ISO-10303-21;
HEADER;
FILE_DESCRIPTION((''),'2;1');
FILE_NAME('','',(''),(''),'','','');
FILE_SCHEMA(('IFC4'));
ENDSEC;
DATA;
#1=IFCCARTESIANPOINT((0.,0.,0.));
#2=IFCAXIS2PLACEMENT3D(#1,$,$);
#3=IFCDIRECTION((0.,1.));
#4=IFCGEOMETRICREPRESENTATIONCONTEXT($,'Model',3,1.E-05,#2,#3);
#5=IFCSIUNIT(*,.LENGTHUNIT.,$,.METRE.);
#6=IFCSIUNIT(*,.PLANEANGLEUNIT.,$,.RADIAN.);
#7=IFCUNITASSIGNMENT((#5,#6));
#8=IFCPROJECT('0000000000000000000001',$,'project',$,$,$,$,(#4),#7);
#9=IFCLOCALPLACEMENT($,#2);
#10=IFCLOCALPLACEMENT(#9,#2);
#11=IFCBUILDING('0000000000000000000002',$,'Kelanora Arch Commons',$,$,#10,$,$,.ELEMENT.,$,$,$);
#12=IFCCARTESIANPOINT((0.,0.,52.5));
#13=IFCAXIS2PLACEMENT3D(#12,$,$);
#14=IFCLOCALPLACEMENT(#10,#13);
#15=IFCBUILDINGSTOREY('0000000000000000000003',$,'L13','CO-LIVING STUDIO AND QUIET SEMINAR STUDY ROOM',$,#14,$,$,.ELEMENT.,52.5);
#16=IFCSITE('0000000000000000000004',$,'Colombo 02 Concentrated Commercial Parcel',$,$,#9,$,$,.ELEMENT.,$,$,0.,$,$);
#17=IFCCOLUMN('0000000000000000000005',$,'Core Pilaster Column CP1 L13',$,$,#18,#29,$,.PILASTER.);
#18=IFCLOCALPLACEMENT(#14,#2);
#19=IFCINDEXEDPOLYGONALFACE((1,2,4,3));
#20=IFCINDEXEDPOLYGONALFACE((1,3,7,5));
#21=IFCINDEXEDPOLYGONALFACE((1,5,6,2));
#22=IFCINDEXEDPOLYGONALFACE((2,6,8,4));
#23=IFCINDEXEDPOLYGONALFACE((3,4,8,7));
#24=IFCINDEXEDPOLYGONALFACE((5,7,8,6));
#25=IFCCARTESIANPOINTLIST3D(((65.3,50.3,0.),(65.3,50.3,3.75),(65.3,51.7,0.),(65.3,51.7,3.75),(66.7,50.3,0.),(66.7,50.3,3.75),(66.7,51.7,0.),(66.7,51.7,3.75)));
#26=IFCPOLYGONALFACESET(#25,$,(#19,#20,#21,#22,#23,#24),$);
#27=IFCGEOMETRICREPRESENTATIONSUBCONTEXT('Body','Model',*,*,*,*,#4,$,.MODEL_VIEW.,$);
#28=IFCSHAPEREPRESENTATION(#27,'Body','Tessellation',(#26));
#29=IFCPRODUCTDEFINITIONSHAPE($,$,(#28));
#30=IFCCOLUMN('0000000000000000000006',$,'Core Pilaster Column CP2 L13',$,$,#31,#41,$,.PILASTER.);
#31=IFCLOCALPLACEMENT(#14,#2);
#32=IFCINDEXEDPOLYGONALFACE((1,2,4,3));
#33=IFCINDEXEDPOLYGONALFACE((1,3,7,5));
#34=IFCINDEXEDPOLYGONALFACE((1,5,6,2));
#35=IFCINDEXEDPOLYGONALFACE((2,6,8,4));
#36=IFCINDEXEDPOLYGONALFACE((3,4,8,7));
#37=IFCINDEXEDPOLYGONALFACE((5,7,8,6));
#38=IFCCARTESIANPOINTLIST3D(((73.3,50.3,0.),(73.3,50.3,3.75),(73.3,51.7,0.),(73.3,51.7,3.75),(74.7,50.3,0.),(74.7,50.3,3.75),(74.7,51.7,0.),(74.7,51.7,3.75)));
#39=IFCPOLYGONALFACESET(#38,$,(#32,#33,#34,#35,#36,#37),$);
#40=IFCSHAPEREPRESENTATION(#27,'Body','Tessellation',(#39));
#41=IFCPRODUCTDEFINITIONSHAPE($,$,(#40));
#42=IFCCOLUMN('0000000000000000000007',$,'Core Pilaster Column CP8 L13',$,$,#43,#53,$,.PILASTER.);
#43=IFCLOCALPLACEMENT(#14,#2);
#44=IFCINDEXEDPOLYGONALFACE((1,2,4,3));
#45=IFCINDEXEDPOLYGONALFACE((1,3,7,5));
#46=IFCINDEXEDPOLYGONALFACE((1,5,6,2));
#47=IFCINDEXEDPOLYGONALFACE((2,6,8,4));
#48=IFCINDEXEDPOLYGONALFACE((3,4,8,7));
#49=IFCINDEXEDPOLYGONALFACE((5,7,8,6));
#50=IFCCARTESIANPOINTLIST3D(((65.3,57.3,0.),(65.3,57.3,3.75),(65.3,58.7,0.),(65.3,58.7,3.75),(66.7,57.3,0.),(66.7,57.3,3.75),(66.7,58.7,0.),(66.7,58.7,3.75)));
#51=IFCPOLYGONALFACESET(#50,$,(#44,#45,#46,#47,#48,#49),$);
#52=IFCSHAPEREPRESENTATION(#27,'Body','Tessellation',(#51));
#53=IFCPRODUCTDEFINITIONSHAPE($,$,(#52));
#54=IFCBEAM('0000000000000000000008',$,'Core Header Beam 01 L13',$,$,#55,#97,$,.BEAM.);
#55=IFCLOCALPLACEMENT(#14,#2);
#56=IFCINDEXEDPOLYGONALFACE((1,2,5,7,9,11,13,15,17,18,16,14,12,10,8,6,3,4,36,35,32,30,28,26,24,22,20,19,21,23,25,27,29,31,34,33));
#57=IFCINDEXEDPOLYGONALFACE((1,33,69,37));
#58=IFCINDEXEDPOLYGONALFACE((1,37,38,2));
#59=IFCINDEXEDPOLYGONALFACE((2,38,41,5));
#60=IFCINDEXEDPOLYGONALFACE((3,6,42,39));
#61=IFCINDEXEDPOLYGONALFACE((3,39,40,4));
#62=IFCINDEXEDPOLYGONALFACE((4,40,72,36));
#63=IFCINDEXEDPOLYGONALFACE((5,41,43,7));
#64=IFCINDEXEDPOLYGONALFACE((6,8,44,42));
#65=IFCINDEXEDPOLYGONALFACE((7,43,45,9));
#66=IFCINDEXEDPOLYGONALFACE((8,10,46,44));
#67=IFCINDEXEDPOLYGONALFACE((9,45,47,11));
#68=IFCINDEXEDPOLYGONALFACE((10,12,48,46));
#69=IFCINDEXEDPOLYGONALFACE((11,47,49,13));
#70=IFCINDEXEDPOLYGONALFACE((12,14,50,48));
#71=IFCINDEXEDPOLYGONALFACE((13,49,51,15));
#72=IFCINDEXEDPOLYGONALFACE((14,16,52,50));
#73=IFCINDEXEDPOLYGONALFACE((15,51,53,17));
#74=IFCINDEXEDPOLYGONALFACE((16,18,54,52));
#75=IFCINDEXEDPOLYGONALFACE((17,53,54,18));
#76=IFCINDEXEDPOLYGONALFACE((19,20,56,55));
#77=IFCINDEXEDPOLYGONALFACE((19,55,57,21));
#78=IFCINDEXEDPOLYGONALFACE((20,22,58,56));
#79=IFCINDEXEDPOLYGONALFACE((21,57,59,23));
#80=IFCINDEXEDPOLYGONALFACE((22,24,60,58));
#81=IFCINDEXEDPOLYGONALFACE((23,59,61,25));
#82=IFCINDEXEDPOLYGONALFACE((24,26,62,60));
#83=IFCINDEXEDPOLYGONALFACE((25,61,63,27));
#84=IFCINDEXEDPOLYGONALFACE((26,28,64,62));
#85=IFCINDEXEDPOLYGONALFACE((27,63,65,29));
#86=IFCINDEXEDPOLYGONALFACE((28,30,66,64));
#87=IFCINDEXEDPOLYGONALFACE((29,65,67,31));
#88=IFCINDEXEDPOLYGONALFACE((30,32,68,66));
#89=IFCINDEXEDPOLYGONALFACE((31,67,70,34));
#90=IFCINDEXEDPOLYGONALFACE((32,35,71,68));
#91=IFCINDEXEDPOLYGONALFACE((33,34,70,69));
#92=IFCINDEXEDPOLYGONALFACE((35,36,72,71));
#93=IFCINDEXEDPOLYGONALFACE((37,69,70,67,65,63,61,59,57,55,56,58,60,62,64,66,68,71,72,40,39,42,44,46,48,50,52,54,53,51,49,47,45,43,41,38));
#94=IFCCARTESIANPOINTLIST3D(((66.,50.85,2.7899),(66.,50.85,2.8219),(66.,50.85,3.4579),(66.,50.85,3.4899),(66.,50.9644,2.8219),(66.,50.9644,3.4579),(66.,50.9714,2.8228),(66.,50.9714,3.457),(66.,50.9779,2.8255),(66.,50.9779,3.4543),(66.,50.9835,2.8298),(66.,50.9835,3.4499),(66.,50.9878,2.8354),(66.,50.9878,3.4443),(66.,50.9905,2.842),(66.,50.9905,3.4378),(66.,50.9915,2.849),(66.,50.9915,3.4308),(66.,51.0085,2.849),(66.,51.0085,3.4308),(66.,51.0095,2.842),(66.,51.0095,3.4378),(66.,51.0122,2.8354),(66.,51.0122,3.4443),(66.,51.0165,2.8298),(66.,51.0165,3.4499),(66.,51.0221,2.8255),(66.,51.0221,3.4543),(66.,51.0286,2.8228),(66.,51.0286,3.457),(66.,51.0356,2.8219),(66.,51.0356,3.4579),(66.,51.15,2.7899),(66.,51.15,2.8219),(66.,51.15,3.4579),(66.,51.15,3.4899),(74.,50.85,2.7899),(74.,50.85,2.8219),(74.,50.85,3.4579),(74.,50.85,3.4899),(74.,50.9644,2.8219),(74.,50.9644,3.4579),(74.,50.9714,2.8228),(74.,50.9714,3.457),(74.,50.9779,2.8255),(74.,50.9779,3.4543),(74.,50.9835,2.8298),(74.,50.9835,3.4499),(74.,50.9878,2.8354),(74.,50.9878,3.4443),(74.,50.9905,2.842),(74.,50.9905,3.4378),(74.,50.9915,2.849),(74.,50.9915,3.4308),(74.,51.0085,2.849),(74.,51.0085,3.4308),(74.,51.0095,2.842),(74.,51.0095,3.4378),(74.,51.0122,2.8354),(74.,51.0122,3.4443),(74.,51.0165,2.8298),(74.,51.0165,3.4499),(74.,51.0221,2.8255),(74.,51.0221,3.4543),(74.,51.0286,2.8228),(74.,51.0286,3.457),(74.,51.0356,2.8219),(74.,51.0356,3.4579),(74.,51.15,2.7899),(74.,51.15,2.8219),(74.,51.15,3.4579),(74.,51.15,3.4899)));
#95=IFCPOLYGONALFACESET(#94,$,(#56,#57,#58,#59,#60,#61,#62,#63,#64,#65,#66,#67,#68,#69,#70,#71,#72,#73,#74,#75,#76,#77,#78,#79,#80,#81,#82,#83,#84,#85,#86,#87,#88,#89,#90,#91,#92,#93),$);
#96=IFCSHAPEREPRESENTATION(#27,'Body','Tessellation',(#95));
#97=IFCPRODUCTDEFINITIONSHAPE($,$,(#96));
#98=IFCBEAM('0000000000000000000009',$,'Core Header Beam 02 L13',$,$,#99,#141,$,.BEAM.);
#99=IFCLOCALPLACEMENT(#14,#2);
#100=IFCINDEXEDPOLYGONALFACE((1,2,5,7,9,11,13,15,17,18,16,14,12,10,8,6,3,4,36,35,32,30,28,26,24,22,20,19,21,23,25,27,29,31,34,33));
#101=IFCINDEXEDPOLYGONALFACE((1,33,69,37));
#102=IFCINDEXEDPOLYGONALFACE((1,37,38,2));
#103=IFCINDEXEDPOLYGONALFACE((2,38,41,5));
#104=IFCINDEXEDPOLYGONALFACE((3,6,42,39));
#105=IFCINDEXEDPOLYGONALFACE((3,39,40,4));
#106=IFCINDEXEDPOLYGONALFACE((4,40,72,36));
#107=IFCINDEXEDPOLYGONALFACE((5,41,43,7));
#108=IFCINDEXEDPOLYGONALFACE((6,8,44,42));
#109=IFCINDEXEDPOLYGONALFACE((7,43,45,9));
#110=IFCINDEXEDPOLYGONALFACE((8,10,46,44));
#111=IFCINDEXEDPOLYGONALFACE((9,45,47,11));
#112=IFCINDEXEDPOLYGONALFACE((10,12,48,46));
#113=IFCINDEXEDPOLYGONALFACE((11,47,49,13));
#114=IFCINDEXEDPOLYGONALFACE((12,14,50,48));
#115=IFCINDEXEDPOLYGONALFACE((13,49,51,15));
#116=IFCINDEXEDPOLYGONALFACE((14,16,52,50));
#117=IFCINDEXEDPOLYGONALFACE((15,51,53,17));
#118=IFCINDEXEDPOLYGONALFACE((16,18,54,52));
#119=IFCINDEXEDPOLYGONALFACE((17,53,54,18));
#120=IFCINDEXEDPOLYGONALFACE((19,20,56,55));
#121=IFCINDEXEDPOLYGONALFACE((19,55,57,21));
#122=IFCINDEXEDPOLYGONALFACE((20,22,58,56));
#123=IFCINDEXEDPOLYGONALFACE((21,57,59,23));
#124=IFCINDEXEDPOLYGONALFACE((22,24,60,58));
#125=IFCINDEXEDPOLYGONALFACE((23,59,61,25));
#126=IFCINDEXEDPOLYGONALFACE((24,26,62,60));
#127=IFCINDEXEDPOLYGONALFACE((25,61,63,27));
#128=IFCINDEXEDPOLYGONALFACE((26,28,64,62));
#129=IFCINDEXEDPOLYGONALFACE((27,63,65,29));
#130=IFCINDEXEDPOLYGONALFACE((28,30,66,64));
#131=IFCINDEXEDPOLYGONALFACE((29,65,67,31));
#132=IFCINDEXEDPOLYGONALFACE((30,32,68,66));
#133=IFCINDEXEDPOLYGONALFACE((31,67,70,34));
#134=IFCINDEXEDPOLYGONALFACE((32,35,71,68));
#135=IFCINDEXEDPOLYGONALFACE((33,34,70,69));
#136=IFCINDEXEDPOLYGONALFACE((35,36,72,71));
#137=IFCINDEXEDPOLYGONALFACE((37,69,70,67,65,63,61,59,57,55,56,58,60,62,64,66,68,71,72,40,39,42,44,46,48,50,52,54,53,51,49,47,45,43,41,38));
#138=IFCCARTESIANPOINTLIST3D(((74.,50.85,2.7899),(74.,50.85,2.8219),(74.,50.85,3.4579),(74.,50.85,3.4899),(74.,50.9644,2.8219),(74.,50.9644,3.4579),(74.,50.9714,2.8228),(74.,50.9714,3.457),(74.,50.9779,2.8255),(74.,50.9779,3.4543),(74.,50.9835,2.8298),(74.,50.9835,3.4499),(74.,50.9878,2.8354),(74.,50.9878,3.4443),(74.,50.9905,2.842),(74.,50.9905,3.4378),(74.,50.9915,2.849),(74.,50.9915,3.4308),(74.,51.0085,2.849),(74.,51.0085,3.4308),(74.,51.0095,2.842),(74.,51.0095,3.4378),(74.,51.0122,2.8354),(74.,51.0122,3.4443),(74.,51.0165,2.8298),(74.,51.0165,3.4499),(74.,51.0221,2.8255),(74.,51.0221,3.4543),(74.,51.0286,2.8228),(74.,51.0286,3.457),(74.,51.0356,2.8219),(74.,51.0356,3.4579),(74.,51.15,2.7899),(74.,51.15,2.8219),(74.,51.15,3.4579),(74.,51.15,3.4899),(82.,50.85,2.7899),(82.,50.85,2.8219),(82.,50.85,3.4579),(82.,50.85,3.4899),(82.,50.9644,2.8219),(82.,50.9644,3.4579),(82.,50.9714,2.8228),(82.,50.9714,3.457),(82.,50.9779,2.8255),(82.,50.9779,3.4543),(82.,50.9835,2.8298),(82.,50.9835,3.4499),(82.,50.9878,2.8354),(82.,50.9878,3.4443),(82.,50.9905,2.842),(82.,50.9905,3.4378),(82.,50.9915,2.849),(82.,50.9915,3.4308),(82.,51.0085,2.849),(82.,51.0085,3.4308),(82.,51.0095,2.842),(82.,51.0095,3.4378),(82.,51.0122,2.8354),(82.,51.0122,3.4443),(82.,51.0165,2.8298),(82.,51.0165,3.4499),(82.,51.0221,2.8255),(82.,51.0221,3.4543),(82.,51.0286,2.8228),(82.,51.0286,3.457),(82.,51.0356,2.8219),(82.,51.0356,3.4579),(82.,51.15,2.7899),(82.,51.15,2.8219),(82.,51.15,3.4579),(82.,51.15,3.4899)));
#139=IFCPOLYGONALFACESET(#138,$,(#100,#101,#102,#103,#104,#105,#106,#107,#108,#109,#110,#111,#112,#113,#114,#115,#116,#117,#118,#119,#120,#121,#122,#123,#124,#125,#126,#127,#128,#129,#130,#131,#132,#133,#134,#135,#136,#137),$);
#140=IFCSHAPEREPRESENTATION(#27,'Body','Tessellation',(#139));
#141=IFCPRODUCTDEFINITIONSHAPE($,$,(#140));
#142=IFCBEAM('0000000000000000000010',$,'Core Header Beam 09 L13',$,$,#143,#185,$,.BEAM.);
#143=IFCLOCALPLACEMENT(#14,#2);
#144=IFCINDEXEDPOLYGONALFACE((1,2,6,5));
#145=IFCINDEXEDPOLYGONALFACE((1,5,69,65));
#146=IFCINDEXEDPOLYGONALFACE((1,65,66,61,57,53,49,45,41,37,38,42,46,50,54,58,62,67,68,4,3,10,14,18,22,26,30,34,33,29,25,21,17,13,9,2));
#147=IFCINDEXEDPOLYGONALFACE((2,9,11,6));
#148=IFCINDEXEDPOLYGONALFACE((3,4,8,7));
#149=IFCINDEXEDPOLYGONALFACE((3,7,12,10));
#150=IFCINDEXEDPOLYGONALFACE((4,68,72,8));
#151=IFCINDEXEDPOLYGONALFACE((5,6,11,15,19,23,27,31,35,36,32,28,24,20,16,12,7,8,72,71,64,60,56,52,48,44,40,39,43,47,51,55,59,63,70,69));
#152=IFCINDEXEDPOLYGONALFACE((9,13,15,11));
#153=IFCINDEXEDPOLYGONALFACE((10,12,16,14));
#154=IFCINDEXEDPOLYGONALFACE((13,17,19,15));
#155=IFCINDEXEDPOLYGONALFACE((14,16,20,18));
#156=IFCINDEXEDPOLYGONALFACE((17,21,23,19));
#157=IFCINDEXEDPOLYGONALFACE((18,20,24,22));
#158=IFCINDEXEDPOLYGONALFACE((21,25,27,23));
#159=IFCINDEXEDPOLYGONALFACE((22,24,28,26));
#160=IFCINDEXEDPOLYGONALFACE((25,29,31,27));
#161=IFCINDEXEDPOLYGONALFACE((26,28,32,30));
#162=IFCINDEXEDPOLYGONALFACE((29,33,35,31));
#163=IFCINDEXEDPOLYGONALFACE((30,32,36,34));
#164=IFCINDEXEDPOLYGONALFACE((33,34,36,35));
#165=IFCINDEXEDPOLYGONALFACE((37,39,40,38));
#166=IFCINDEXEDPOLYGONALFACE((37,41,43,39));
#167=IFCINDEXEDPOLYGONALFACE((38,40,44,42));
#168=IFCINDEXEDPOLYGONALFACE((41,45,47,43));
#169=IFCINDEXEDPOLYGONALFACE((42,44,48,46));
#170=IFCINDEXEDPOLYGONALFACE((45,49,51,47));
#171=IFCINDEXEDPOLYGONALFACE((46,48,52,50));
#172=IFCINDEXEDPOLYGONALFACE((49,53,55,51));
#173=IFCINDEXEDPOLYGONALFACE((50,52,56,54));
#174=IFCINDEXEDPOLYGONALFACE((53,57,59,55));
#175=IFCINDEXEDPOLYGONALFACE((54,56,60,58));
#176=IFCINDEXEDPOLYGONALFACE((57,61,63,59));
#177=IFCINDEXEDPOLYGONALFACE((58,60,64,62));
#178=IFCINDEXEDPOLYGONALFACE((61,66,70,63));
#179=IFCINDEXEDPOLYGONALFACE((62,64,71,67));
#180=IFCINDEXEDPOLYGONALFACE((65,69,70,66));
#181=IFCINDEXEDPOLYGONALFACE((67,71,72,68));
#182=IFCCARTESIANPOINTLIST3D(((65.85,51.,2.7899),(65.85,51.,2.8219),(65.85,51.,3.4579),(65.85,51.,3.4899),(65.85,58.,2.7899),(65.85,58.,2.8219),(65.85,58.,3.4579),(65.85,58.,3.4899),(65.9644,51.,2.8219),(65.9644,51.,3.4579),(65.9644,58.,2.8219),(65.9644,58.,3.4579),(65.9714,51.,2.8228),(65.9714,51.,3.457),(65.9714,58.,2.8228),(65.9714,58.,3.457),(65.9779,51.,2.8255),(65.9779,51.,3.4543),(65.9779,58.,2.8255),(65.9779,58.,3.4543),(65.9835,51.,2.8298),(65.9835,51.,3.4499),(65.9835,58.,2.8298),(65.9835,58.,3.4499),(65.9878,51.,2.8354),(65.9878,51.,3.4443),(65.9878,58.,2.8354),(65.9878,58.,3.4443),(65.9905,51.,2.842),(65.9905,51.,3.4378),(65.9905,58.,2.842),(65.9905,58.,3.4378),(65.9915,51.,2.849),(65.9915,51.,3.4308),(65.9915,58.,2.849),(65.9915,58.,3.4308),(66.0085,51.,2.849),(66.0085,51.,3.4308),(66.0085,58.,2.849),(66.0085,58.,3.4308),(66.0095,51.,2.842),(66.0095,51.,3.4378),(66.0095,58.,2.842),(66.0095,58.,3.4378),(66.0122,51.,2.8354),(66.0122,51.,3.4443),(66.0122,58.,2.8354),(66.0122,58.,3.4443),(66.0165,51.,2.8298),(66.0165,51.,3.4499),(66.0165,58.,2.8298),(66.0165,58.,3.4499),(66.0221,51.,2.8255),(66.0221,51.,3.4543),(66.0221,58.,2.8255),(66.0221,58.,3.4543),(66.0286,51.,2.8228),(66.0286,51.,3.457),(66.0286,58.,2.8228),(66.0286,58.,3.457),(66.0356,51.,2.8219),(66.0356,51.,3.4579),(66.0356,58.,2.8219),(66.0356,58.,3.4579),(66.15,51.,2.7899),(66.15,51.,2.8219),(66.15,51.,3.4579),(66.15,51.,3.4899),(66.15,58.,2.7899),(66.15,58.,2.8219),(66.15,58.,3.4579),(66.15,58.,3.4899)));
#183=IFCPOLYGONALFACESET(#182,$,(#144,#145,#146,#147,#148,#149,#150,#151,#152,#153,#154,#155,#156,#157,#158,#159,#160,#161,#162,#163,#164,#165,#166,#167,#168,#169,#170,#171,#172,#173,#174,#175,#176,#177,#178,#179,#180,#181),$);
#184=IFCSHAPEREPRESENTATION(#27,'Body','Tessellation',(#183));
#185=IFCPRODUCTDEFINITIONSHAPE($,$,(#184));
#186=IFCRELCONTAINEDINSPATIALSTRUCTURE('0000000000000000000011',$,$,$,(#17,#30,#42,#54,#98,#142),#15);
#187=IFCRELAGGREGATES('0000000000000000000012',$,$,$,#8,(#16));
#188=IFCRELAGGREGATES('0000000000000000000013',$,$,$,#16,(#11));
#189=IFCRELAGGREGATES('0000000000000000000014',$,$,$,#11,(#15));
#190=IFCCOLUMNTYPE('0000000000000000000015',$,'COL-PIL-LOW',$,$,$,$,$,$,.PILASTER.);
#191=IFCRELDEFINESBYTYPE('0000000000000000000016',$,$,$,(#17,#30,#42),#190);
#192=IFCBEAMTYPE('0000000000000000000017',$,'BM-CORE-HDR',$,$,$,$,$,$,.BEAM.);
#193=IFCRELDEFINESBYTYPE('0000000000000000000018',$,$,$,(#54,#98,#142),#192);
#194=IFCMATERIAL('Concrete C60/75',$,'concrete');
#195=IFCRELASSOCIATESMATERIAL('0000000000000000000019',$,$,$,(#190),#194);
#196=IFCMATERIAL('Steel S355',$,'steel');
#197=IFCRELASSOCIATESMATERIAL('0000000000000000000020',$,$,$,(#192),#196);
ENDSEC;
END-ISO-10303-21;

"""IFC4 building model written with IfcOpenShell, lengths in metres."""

from ifc_helpers import new_model, si_unit, direction, frame, origin, origin_2d, place, context, subcontext, project, spatial, rectangle, i_section, extrude, material, material_profile, profile_set, type_object, element, save


model = new_model("IFC4")

# Units and contexts
model_context = context("Model", 3, precision=1e-05, world=origin(), true_north=direction((0.0, 1.0)))
body_context = subcontext(model_context, "Body", "Model", "MODEL_VIEW")
ifc_project = project(units=[si_unit("LENGTHUNIT", "METRE"), si_unit("PLANEANGLEUNIT", "RADIAN")], contexts=[model_context])

# Site, building, storey
site_placement = place(None, origin())
site = spatial("IfcSite", under=ifc_project, at=site_placement, Name="Colombo 02 Concentrated Commercial Parcel", CompositionType="ELEMENT", RefElevation=0.0)
building_placement = place(site_placement, origin())
building = spatial("IfcBuilding", under=site, at=building_placement, Name="Kelanora Arch Commons", CompositionType="ELEMENT")
storey_placement = place(building_placement, frame((0.0, 0.0, 52.5)))
storey = spatial("IfcBuildingStorey", under=building, at=storey_placement, Name="L13", Description="CO-LIVING STUDIO AND QUIET SEMINAR STUDY ROOM", CompositionType="ELEMENT", Elevation=52.5)

# Columns
ifc_material_1 = material(Name="Concrete C60/75", Category="concrete")
ifc_material_profile_1 = material_profile(ifc_material_1, rectangle(XDim=1.3999, YDim=1.3999, at=origin_2d()), Name="RC1400x1400")
ifc_profile_set_1 = profile_set([ifc_material_profile_1], Name="Concrete C60/75")
column_type = type_object("IfcColumnType", Name="COL-PIL-LOW", PredefinedType="PILASTER", material=ifc_profile_set_1)
for number, where, z_axis, x_axis, name in (
    (1, (66.0, 51.0, 0.0), (0.0, 0.0, 1.0), (1.0, 0.0, 0.0), "Core Pilaster Column CP1 L13"),
    (2, (74.0, 51.0, 0.0), (0.0, 0.0, 1.0), (1.0, 0.0, 0.0), "Core Pilaster Column CP2 L13"),
    (3, (66.0, 58.0, 0.0), (0.0, 0.0, 1.0), (1.0, 0.0, 0.0), "Core Pilaster Column CP8 L13"),
):
    element("IfcColumn", number, at=place(storey_placement, frame(where, z_axis=z_axis, x_axis=x_axis)), inside=storey, type_object=column_type, Name=name, PredefinedType="PILASTER", context=body_context, shape_type="SweptSolid", body=[
        extrude(rectangle(XDim=1.3999, YDim=1.3999, at=origin_2d()), origin(), (0.0, 0.0, 1.0), 3.75),
    ])

# Beams
ifc_material_2 = material(Name="Steel S355", Category="steel")
ifc_material_profile_2 = material_profile(ifc_material_2, i_section(OverallWidth=0.3, OverallDepth=0.7, WebThickness=0.0171, FlangeThickness=0.032, FilletRadius=0.0271, at=origin_2d()), Name="HEB700")
ifc_profile_set_2 = profile_set([ifc_material_profile_2], Name="Steel S355")
beam_type_1 = type_object("IfcBeamType", Name="BM-CORE-HDR", PredefinedType="BEAM", material=ifc_profile_set_2)
for number, where, z_axis, x_axis, name in (
    (4, (66.0, 51.0, 3.1399), (1.0, 0.0, 0.0), (0.0, 1.0, 0.0), "Core Header Beam 01 L13"),
    (5, (74.0, 51.0, 3.1399), (1.0, 0.0, 0.0), (0.0, 1.0, 0.0), "Core Header Beam 02 L13"),
):
    element("IfcBeam", number, at=place(storey_placement, frame(where, z_axis=z_axis, x_axis=x_axis)), inside=storey, type_object=beam_type_1, Name=name, PredefinedType="BEAM", context=body_context, shape_type="SweptSolid", body=[
        extrude(i_section(OverallWidth=0.3, OverallDepth=0.7, WebThickness=0.0171, FlangeThickness=0.032, FilletRadius=0.0271, at=origin_2d()), origin(), (0.0, 0.0, 1.0), 8.0),
    ])
beam_1_placement = place(storey_placement, frame((66.0, 58.0, 3.1399), z_axis=(0.0, -1.0, 0.0), x_axis=(1.0, 0.0, 0.0)))
element("IfcBeam", 6, at=beam_1_placement, inside=storey, type_object=beam_type_1, Name="Core Header Beam 09 L13", PredefinedType="BEAM", context=body_context, shape_type="SweptSolid", body=[
    extrude(i_section(OverallWidth=0.3, OverallDepth=0.7, WebThickness=0.0171, FlangeThickness=0.032, FilletRadius=0.0271, at=origin_2d()), origin(), (0.0, 0.0, 1.0), 7.0),
])

save(model, "model.ifc")
